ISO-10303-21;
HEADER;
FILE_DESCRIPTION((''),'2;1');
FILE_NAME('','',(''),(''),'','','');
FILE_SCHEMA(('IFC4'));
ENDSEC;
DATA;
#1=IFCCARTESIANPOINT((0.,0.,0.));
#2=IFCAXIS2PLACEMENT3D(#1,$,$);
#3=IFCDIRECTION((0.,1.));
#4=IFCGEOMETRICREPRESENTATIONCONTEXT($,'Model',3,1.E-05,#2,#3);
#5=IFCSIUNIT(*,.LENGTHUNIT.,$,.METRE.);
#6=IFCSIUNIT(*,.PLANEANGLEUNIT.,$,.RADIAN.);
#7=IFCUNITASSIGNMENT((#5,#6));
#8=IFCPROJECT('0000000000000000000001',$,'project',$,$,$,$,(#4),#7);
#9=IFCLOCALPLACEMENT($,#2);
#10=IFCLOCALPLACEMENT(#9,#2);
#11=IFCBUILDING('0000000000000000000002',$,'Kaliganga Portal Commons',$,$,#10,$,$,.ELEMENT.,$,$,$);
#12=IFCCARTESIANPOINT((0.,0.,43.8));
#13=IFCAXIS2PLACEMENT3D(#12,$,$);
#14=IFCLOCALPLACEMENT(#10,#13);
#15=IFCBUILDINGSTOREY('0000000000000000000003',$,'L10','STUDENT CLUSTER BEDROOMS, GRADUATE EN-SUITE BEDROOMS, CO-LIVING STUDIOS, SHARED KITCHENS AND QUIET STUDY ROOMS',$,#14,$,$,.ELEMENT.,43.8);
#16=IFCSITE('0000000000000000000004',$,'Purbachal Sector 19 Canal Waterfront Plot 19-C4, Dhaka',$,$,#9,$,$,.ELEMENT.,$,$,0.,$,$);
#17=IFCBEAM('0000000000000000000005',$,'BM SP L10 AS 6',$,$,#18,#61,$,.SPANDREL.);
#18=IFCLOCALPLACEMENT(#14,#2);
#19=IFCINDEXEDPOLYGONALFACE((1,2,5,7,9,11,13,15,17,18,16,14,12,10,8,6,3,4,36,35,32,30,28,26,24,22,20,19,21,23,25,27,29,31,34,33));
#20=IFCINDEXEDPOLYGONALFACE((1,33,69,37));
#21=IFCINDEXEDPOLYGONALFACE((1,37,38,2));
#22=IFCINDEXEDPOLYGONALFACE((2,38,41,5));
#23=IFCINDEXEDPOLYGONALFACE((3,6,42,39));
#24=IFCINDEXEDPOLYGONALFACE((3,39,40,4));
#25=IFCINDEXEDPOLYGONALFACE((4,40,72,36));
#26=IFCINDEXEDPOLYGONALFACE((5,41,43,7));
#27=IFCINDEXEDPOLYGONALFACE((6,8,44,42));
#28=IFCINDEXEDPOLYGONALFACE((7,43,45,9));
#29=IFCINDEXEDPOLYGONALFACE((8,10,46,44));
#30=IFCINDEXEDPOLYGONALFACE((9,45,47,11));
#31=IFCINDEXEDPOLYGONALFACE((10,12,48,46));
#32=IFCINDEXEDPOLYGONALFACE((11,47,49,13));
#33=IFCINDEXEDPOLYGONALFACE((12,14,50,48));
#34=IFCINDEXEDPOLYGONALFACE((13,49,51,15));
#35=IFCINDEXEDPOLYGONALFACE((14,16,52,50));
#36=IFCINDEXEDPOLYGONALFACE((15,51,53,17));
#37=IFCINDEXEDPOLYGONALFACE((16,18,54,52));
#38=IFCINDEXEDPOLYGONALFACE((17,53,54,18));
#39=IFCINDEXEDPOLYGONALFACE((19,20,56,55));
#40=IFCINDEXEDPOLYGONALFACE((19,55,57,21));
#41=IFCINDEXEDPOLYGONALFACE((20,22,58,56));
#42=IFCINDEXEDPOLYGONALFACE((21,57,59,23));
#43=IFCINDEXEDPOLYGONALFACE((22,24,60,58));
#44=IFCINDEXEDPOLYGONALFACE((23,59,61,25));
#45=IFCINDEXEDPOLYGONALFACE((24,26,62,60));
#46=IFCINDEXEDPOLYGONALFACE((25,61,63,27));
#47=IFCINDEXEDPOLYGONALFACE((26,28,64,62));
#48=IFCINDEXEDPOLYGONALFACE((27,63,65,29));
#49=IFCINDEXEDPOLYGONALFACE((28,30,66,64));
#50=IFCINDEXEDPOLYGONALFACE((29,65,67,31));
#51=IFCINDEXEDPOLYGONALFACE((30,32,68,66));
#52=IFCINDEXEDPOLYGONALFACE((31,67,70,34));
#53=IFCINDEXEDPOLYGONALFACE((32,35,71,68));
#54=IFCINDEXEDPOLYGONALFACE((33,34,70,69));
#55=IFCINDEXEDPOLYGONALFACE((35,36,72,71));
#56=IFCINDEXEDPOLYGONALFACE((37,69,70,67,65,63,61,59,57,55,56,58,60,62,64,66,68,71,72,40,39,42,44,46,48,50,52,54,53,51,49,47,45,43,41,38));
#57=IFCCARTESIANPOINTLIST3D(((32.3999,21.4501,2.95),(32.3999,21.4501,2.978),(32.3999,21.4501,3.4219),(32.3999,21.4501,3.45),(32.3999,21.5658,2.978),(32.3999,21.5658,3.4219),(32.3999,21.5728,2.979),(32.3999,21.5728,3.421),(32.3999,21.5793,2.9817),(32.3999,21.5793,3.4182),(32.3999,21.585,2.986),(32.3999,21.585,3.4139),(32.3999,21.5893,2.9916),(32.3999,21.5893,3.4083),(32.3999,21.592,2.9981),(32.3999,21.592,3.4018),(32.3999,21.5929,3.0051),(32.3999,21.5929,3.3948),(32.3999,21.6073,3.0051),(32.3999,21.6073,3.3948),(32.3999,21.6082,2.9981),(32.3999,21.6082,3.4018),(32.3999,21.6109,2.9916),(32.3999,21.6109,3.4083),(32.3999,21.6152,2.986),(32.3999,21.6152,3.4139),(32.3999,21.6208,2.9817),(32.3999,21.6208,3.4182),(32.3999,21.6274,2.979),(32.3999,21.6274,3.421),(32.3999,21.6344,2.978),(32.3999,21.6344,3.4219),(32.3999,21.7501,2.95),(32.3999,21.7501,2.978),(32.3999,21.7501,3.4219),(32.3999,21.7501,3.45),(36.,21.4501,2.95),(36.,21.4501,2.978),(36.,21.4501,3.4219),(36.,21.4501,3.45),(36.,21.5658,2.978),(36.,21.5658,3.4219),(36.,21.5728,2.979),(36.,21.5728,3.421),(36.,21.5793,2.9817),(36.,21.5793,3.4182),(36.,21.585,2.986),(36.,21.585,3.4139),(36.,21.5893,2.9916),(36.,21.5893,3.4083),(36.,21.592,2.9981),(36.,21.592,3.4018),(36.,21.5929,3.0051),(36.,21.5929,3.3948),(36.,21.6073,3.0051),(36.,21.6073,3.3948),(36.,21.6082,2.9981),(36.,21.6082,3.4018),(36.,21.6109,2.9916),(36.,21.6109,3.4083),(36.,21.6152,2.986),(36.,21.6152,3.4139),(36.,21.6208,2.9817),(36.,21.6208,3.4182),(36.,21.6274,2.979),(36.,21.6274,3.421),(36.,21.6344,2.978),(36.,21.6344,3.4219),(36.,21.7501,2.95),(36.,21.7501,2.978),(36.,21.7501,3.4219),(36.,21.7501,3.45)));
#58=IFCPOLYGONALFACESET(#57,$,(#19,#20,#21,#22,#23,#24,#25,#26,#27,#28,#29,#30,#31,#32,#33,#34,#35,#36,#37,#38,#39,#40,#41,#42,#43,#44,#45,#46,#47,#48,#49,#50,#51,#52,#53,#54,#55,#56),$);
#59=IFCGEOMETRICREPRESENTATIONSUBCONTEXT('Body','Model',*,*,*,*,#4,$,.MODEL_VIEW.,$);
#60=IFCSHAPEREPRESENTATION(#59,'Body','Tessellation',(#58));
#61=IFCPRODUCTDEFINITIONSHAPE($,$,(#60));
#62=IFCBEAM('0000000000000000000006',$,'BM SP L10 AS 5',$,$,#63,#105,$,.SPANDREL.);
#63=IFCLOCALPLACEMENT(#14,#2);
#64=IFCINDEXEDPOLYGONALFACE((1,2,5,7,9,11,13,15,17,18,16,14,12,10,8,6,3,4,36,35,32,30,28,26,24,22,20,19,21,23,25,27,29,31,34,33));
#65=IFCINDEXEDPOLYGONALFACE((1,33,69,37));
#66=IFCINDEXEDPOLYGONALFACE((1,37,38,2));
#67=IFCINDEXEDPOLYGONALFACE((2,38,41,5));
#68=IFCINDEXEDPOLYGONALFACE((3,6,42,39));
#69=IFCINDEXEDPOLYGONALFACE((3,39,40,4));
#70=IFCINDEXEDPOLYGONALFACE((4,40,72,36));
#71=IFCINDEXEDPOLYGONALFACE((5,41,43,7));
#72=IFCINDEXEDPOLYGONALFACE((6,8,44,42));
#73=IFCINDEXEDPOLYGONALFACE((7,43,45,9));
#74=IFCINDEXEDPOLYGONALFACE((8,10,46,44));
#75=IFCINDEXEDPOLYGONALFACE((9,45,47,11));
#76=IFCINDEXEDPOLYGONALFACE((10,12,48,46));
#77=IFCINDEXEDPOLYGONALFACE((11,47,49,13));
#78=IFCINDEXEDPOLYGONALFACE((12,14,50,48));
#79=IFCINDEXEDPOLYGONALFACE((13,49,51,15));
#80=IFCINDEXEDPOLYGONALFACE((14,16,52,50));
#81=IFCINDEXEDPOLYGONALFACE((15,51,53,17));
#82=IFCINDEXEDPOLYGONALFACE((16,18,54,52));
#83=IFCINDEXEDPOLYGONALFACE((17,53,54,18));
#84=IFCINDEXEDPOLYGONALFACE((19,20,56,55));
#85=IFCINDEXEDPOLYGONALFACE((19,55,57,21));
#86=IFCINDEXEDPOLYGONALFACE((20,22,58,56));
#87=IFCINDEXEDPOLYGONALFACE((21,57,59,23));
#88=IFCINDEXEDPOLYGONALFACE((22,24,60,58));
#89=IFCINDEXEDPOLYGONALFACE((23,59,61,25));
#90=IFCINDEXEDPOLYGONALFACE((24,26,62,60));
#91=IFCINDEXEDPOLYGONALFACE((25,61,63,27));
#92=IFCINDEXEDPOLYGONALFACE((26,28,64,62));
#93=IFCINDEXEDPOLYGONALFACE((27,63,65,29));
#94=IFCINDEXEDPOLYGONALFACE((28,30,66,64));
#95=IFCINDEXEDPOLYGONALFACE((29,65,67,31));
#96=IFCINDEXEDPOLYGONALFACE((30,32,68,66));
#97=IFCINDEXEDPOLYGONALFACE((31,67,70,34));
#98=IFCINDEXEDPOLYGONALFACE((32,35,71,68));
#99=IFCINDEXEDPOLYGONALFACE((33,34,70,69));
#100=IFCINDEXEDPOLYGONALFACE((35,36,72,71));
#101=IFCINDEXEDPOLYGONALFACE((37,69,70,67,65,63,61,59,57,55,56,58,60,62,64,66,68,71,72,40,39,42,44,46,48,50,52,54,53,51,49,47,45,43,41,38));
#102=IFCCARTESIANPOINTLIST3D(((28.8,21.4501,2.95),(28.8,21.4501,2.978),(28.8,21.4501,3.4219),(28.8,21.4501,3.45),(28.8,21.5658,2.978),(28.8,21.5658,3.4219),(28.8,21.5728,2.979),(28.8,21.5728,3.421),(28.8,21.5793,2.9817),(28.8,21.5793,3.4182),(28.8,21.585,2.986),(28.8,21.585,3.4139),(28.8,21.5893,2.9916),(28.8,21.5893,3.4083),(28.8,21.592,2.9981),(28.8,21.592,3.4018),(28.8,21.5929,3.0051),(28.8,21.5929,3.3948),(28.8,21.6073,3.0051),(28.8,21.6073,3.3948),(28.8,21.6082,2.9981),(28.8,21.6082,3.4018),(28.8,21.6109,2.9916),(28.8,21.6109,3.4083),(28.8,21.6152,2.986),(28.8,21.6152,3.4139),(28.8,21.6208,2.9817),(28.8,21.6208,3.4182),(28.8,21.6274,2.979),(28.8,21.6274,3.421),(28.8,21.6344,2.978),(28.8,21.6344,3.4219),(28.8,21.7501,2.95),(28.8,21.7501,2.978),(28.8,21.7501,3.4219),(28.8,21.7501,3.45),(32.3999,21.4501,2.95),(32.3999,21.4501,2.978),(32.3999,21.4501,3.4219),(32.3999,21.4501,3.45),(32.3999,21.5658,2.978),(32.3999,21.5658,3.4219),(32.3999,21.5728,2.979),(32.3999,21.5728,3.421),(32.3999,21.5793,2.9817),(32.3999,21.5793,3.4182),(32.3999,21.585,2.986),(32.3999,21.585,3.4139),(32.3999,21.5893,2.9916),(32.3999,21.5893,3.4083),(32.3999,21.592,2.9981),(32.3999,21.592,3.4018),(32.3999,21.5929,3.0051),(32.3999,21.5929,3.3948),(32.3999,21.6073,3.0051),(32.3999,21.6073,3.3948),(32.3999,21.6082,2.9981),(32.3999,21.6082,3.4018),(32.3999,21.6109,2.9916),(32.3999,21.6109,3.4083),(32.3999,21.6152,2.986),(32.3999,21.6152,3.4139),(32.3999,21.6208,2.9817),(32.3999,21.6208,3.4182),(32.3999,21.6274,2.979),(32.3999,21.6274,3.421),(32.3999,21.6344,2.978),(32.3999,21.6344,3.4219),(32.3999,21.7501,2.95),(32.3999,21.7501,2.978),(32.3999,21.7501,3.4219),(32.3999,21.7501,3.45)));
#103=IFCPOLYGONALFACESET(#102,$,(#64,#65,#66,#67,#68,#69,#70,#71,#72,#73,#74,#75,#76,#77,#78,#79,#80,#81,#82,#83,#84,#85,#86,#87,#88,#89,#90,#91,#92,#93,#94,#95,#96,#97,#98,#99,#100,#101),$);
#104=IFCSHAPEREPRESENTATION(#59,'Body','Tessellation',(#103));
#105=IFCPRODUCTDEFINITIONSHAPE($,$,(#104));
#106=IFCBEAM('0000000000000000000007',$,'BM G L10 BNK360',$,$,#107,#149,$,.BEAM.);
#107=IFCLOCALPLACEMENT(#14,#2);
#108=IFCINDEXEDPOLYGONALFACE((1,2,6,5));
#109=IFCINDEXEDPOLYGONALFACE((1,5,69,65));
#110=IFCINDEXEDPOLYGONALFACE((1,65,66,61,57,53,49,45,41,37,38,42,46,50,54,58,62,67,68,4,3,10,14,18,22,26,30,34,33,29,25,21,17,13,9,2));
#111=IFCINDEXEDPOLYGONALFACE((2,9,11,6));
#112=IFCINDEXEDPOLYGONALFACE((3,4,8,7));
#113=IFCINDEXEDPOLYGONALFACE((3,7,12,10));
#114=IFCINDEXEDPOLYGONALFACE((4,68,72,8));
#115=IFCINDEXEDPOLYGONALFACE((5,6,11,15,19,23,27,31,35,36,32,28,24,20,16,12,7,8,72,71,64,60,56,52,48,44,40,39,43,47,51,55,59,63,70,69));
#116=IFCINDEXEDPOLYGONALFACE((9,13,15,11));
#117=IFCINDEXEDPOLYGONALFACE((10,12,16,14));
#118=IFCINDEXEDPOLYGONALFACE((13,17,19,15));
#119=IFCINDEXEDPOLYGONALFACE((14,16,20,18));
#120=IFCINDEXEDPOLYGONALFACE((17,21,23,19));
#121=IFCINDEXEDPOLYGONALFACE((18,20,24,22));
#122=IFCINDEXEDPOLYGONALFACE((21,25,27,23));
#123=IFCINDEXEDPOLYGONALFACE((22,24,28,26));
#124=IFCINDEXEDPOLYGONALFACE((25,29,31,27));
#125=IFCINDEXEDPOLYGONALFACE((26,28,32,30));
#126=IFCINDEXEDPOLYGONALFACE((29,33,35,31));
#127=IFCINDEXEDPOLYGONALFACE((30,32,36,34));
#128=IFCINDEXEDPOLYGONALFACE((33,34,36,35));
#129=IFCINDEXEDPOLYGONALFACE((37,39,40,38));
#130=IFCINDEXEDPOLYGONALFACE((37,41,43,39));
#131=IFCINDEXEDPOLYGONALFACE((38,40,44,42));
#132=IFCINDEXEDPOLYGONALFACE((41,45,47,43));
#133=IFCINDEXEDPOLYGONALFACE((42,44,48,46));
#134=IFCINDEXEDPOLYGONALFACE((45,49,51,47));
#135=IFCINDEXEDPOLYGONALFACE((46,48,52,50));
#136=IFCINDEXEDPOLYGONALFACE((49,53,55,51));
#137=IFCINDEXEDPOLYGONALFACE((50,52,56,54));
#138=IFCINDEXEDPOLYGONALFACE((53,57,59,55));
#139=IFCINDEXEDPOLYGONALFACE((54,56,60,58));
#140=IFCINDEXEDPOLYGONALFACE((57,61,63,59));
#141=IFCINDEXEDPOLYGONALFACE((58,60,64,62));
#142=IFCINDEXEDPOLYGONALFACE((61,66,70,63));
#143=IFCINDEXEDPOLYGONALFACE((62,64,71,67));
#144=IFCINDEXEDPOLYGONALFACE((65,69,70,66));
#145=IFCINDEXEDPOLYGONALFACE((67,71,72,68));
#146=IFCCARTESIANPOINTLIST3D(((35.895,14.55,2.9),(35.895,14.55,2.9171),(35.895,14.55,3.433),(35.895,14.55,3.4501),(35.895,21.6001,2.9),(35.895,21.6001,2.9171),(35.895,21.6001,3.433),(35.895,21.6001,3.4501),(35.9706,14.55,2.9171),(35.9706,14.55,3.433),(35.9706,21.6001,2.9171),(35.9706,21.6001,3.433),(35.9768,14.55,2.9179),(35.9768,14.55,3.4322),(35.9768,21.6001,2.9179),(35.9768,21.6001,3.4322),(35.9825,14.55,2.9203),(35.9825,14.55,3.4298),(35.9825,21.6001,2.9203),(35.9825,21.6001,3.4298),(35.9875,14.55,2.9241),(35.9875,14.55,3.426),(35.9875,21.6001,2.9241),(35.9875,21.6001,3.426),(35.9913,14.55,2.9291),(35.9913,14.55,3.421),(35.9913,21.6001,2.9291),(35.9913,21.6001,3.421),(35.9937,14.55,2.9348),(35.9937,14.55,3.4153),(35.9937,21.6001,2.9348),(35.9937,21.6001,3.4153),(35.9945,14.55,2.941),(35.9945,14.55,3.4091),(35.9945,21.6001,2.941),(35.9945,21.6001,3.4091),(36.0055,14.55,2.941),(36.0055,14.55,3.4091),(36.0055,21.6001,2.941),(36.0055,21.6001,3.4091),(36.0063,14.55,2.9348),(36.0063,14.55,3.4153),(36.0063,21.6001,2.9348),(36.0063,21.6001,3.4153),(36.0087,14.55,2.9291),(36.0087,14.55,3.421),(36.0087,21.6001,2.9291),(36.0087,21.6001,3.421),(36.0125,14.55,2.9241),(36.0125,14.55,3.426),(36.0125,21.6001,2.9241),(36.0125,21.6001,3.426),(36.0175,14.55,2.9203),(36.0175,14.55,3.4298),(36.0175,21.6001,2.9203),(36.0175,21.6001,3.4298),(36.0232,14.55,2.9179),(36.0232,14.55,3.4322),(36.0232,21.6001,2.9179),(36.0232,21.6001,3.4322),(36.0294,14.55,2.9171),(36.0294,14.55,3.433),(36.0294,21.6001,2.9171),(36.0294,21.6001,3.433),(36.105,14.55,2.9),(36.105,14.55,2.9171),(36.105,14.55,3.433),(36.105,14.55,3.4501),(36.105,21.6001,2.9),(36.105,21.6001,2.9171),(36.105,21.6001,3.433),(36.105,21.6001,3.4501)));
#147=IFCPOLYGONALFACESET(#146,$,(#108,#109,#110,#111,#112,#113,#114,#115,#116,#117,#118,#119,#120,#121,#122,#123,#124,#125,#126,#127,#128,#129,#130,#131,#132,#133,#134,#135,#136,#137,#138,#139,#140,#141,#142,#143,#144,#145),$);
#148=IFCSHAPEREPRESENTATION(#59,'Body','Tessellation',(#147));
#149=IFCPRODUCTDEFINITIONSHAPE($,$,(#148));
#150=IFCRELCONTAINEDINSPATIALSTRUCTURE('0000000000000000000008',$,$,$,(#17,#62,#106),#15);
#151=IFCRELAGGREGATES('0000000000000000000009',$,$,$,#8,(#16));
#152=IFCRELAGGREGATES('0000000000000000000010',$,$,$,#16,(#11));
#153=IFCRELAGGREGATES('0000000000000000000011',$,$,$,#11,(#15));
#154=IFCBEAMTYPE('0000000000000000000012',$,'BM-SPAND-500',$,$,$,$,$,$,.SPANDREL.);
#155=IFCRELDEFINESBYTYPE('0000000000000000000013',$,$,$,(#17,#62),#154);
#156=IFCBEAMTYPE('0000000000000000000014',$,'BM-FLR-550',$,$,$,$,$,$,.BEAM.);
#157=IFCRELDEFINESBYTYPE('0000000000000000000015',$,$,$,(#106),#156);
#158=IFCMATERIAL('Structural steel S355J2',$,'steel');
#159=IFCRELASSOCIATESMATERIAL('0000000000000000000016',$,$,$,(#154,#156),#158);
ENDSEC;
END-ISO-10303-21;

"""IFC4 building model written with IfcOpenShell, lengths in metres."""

from ifc_helpers import new_model, si_unit, direction, frame, origin, origin_2d, place, context, subcontext, project, spatial, i_section, extrude, source, transform, mapped, material, material_profile, profile_set, type_object, element, save


model = new_model("IFC4")

# Units and contexts
model_context = context("Model", 3, precision=1e-05, world=origin(), true_north=direction((0.0, 1.0)))
body_context = subcontext(model_context, "Body", "Model", "MODEL_VIEW")
ifc_project = project(units=[si_unit("LENGTHUNIT", "METRE"), si_unit("PLANEANGLEUNIT", "RADIAN")], contexts=[model_context])

# Site, building, storey
site_placement = place(None, origin())
site = spatial("IfcSite", under=ifc_project, at=site_placement, Name="Purbachal Sector 19 Canal Waterfront Plot 19-C4, Dhaka", CompositionType="ELEMENT", RefElevation=0.0)
building_placement = place(site_placement, origin())
building = spatial("IfcBuilding", under=site, at=building_placement, Name="Kaliganga Portal Commons", CompositionType="ELEMENT")
storey_placement = place(building_placement, frame((0.0, 0.0, 43.8)))
storey = spatial("IfcBuildingStorey", under=building, at=storey_placement, Name="L10", Description="STUDENT CLUSTER BEDROOMS, GRADUATE EN-SUITE BEDROOMS, CO-LIVING STUDIOS, SHARED KITCHENS AND QUIET STUDY ROOMS", CompositionType="ELEMENT", Elevation=43.8)

# Beams
ifc_material_1 = material(Name="Structural steel S355J2", Category="steel")
ifc_material_profile_1 = material_profile(ifc_material_1, i_section(OverallWidth=0.3, OverallDepth=0.5, WebThickness=0.0144, FlangeThickness=0.0281, FilletRadius=0.0271, at=origin_2d()), Name="HE 500 B")
ifc_profile_set_1 = profile_set([ifc_material_profile_1], Name="Structural steel S355J2 wide-flange")
beam_type_1 = type_object("IfcBeamType", Name="BM-SPAND-500", PredefinedType="SPANDREL", material=ifc_profile_set_1)
shared_shape_1 = source(origin(), body_context, "Body", "SweptSolid", [
    extrude(i_section(OverallWidth=0.3, OverallDepth=0.5, WebThickness=0.0144, FlangeThickness=0.0281, FilletRadius=0.0271, at=origin_2d()), origin(), (0.0, 0.0, 1.0), 3.6001),
])
beam_1_placement = place(storey_placement, frame((32.3999, 21.6001, 3.2), z_axis=(1.0, 0.0, 0.0), x_axis=(0.0, 1.0, 0.0)))
element("IfcBeam", 1, at=beam_1_placement, inside=storey, type_object=beam_type_1, Name="BM SP L10 AS 6", PredefinedType="SPANDREL", context=body_context, shape_type="MappedRepresentation", body=[
    mapped(shared_shape_1, transform((0.0, 0.0, 0.0), x_axis=(1.0, 0.0, 0.0), y_axis=(0.0, 1.0, 0.0), z_axis=(0.0, 0.0, 1.0), scale=1.0)),
])
shared_shape_2 = source(origin(), body_context, "Body", "SweptSolid", [
    extrude(i_section(OverallWidth=0.3, OverallDepth=0.5, WebThickness=0.0144, FlangeThickness=0.0281, FilletRadius=0.0271, at=origin_2d()), origin(), (0.0, 0.0, 1.0), 3.5999),
])
beam_2_placement = place(storey_placement, frame((28.8, 21.6001, 3.2), z_axis=(1.0, 0.0, 0.0), x_axis=(0.0, 1.0, 0.0)))
element("IfcBeam", 2, at=beam_2_placement, inside=storey, type_object=beam_type_1, Name="BM SP L10 AS 5", PredefinedType="SPANDREL", context=body_context, shape_type="MappedRepresentation", body=[
    mapped(shared_shape_2, transform((0.0, 0.0, 0.0), x_axis=(1.0, 0.0, 0.0), y_axis=(0.0, 1.0, 0.0), z_axis=(0.0, 0.0, 1.0), scale=1.0)),
])
ifc_material_profile_2 = material_profile(ifc_material_1, i_section(OverallWidth=0.21, OverallDepth=0.55, WebThickness=0.011, FlangeThickness=0.0171, FilletRadius=0.0239, at=origin_2d()), Name="IPE 550")
ifc_profile_set_2 = profile_set([ifc_material_profile_2], Name="Structural steel S355J2 wide-flange")
beam_type_2 = type_object("IfcBeamType", Name="BM-FLR-550", PredefinedType="BEAM", material=ifc_profile_set_2)
shared_shape_3 = source(origin(), body_context, "Body", "SweptSolid", [
    extrude(i_section(OverallWidth=0.21, OverallDepth=0.55, WebThickness=0.011, FlangeThickness=0.0171, FilletRadius=0.0239, at=origin_2d()), origin(), (0.0, 0.0, 1.0), 7.05),
])
beam_3_placement = place(storey_placement, frame((36.0, 14.55, 3.175), z_axis=(0.0, 1.0, 0.0), x_axis=(-1.0, 0.0, 0.0)))
element("IfcBeam", 3, at=beam_3_placement, inside=storey, type_object=beam_type_2, Name="BM G L10 BNK360", PredefinedType="BEAM", context=body_context, shape_type="MappedRepresentation", body=[
    mapped(shared_shape_3, transform((0.0, 0.0, 0.0), x_axis=(1.0, 0.0, 0.0), y_axis=(0.0, 1.0, 0.0), z_axis=(0.0, 0.0, 1.0), scale=1.0)),
])

save(model, "model.ifc")
